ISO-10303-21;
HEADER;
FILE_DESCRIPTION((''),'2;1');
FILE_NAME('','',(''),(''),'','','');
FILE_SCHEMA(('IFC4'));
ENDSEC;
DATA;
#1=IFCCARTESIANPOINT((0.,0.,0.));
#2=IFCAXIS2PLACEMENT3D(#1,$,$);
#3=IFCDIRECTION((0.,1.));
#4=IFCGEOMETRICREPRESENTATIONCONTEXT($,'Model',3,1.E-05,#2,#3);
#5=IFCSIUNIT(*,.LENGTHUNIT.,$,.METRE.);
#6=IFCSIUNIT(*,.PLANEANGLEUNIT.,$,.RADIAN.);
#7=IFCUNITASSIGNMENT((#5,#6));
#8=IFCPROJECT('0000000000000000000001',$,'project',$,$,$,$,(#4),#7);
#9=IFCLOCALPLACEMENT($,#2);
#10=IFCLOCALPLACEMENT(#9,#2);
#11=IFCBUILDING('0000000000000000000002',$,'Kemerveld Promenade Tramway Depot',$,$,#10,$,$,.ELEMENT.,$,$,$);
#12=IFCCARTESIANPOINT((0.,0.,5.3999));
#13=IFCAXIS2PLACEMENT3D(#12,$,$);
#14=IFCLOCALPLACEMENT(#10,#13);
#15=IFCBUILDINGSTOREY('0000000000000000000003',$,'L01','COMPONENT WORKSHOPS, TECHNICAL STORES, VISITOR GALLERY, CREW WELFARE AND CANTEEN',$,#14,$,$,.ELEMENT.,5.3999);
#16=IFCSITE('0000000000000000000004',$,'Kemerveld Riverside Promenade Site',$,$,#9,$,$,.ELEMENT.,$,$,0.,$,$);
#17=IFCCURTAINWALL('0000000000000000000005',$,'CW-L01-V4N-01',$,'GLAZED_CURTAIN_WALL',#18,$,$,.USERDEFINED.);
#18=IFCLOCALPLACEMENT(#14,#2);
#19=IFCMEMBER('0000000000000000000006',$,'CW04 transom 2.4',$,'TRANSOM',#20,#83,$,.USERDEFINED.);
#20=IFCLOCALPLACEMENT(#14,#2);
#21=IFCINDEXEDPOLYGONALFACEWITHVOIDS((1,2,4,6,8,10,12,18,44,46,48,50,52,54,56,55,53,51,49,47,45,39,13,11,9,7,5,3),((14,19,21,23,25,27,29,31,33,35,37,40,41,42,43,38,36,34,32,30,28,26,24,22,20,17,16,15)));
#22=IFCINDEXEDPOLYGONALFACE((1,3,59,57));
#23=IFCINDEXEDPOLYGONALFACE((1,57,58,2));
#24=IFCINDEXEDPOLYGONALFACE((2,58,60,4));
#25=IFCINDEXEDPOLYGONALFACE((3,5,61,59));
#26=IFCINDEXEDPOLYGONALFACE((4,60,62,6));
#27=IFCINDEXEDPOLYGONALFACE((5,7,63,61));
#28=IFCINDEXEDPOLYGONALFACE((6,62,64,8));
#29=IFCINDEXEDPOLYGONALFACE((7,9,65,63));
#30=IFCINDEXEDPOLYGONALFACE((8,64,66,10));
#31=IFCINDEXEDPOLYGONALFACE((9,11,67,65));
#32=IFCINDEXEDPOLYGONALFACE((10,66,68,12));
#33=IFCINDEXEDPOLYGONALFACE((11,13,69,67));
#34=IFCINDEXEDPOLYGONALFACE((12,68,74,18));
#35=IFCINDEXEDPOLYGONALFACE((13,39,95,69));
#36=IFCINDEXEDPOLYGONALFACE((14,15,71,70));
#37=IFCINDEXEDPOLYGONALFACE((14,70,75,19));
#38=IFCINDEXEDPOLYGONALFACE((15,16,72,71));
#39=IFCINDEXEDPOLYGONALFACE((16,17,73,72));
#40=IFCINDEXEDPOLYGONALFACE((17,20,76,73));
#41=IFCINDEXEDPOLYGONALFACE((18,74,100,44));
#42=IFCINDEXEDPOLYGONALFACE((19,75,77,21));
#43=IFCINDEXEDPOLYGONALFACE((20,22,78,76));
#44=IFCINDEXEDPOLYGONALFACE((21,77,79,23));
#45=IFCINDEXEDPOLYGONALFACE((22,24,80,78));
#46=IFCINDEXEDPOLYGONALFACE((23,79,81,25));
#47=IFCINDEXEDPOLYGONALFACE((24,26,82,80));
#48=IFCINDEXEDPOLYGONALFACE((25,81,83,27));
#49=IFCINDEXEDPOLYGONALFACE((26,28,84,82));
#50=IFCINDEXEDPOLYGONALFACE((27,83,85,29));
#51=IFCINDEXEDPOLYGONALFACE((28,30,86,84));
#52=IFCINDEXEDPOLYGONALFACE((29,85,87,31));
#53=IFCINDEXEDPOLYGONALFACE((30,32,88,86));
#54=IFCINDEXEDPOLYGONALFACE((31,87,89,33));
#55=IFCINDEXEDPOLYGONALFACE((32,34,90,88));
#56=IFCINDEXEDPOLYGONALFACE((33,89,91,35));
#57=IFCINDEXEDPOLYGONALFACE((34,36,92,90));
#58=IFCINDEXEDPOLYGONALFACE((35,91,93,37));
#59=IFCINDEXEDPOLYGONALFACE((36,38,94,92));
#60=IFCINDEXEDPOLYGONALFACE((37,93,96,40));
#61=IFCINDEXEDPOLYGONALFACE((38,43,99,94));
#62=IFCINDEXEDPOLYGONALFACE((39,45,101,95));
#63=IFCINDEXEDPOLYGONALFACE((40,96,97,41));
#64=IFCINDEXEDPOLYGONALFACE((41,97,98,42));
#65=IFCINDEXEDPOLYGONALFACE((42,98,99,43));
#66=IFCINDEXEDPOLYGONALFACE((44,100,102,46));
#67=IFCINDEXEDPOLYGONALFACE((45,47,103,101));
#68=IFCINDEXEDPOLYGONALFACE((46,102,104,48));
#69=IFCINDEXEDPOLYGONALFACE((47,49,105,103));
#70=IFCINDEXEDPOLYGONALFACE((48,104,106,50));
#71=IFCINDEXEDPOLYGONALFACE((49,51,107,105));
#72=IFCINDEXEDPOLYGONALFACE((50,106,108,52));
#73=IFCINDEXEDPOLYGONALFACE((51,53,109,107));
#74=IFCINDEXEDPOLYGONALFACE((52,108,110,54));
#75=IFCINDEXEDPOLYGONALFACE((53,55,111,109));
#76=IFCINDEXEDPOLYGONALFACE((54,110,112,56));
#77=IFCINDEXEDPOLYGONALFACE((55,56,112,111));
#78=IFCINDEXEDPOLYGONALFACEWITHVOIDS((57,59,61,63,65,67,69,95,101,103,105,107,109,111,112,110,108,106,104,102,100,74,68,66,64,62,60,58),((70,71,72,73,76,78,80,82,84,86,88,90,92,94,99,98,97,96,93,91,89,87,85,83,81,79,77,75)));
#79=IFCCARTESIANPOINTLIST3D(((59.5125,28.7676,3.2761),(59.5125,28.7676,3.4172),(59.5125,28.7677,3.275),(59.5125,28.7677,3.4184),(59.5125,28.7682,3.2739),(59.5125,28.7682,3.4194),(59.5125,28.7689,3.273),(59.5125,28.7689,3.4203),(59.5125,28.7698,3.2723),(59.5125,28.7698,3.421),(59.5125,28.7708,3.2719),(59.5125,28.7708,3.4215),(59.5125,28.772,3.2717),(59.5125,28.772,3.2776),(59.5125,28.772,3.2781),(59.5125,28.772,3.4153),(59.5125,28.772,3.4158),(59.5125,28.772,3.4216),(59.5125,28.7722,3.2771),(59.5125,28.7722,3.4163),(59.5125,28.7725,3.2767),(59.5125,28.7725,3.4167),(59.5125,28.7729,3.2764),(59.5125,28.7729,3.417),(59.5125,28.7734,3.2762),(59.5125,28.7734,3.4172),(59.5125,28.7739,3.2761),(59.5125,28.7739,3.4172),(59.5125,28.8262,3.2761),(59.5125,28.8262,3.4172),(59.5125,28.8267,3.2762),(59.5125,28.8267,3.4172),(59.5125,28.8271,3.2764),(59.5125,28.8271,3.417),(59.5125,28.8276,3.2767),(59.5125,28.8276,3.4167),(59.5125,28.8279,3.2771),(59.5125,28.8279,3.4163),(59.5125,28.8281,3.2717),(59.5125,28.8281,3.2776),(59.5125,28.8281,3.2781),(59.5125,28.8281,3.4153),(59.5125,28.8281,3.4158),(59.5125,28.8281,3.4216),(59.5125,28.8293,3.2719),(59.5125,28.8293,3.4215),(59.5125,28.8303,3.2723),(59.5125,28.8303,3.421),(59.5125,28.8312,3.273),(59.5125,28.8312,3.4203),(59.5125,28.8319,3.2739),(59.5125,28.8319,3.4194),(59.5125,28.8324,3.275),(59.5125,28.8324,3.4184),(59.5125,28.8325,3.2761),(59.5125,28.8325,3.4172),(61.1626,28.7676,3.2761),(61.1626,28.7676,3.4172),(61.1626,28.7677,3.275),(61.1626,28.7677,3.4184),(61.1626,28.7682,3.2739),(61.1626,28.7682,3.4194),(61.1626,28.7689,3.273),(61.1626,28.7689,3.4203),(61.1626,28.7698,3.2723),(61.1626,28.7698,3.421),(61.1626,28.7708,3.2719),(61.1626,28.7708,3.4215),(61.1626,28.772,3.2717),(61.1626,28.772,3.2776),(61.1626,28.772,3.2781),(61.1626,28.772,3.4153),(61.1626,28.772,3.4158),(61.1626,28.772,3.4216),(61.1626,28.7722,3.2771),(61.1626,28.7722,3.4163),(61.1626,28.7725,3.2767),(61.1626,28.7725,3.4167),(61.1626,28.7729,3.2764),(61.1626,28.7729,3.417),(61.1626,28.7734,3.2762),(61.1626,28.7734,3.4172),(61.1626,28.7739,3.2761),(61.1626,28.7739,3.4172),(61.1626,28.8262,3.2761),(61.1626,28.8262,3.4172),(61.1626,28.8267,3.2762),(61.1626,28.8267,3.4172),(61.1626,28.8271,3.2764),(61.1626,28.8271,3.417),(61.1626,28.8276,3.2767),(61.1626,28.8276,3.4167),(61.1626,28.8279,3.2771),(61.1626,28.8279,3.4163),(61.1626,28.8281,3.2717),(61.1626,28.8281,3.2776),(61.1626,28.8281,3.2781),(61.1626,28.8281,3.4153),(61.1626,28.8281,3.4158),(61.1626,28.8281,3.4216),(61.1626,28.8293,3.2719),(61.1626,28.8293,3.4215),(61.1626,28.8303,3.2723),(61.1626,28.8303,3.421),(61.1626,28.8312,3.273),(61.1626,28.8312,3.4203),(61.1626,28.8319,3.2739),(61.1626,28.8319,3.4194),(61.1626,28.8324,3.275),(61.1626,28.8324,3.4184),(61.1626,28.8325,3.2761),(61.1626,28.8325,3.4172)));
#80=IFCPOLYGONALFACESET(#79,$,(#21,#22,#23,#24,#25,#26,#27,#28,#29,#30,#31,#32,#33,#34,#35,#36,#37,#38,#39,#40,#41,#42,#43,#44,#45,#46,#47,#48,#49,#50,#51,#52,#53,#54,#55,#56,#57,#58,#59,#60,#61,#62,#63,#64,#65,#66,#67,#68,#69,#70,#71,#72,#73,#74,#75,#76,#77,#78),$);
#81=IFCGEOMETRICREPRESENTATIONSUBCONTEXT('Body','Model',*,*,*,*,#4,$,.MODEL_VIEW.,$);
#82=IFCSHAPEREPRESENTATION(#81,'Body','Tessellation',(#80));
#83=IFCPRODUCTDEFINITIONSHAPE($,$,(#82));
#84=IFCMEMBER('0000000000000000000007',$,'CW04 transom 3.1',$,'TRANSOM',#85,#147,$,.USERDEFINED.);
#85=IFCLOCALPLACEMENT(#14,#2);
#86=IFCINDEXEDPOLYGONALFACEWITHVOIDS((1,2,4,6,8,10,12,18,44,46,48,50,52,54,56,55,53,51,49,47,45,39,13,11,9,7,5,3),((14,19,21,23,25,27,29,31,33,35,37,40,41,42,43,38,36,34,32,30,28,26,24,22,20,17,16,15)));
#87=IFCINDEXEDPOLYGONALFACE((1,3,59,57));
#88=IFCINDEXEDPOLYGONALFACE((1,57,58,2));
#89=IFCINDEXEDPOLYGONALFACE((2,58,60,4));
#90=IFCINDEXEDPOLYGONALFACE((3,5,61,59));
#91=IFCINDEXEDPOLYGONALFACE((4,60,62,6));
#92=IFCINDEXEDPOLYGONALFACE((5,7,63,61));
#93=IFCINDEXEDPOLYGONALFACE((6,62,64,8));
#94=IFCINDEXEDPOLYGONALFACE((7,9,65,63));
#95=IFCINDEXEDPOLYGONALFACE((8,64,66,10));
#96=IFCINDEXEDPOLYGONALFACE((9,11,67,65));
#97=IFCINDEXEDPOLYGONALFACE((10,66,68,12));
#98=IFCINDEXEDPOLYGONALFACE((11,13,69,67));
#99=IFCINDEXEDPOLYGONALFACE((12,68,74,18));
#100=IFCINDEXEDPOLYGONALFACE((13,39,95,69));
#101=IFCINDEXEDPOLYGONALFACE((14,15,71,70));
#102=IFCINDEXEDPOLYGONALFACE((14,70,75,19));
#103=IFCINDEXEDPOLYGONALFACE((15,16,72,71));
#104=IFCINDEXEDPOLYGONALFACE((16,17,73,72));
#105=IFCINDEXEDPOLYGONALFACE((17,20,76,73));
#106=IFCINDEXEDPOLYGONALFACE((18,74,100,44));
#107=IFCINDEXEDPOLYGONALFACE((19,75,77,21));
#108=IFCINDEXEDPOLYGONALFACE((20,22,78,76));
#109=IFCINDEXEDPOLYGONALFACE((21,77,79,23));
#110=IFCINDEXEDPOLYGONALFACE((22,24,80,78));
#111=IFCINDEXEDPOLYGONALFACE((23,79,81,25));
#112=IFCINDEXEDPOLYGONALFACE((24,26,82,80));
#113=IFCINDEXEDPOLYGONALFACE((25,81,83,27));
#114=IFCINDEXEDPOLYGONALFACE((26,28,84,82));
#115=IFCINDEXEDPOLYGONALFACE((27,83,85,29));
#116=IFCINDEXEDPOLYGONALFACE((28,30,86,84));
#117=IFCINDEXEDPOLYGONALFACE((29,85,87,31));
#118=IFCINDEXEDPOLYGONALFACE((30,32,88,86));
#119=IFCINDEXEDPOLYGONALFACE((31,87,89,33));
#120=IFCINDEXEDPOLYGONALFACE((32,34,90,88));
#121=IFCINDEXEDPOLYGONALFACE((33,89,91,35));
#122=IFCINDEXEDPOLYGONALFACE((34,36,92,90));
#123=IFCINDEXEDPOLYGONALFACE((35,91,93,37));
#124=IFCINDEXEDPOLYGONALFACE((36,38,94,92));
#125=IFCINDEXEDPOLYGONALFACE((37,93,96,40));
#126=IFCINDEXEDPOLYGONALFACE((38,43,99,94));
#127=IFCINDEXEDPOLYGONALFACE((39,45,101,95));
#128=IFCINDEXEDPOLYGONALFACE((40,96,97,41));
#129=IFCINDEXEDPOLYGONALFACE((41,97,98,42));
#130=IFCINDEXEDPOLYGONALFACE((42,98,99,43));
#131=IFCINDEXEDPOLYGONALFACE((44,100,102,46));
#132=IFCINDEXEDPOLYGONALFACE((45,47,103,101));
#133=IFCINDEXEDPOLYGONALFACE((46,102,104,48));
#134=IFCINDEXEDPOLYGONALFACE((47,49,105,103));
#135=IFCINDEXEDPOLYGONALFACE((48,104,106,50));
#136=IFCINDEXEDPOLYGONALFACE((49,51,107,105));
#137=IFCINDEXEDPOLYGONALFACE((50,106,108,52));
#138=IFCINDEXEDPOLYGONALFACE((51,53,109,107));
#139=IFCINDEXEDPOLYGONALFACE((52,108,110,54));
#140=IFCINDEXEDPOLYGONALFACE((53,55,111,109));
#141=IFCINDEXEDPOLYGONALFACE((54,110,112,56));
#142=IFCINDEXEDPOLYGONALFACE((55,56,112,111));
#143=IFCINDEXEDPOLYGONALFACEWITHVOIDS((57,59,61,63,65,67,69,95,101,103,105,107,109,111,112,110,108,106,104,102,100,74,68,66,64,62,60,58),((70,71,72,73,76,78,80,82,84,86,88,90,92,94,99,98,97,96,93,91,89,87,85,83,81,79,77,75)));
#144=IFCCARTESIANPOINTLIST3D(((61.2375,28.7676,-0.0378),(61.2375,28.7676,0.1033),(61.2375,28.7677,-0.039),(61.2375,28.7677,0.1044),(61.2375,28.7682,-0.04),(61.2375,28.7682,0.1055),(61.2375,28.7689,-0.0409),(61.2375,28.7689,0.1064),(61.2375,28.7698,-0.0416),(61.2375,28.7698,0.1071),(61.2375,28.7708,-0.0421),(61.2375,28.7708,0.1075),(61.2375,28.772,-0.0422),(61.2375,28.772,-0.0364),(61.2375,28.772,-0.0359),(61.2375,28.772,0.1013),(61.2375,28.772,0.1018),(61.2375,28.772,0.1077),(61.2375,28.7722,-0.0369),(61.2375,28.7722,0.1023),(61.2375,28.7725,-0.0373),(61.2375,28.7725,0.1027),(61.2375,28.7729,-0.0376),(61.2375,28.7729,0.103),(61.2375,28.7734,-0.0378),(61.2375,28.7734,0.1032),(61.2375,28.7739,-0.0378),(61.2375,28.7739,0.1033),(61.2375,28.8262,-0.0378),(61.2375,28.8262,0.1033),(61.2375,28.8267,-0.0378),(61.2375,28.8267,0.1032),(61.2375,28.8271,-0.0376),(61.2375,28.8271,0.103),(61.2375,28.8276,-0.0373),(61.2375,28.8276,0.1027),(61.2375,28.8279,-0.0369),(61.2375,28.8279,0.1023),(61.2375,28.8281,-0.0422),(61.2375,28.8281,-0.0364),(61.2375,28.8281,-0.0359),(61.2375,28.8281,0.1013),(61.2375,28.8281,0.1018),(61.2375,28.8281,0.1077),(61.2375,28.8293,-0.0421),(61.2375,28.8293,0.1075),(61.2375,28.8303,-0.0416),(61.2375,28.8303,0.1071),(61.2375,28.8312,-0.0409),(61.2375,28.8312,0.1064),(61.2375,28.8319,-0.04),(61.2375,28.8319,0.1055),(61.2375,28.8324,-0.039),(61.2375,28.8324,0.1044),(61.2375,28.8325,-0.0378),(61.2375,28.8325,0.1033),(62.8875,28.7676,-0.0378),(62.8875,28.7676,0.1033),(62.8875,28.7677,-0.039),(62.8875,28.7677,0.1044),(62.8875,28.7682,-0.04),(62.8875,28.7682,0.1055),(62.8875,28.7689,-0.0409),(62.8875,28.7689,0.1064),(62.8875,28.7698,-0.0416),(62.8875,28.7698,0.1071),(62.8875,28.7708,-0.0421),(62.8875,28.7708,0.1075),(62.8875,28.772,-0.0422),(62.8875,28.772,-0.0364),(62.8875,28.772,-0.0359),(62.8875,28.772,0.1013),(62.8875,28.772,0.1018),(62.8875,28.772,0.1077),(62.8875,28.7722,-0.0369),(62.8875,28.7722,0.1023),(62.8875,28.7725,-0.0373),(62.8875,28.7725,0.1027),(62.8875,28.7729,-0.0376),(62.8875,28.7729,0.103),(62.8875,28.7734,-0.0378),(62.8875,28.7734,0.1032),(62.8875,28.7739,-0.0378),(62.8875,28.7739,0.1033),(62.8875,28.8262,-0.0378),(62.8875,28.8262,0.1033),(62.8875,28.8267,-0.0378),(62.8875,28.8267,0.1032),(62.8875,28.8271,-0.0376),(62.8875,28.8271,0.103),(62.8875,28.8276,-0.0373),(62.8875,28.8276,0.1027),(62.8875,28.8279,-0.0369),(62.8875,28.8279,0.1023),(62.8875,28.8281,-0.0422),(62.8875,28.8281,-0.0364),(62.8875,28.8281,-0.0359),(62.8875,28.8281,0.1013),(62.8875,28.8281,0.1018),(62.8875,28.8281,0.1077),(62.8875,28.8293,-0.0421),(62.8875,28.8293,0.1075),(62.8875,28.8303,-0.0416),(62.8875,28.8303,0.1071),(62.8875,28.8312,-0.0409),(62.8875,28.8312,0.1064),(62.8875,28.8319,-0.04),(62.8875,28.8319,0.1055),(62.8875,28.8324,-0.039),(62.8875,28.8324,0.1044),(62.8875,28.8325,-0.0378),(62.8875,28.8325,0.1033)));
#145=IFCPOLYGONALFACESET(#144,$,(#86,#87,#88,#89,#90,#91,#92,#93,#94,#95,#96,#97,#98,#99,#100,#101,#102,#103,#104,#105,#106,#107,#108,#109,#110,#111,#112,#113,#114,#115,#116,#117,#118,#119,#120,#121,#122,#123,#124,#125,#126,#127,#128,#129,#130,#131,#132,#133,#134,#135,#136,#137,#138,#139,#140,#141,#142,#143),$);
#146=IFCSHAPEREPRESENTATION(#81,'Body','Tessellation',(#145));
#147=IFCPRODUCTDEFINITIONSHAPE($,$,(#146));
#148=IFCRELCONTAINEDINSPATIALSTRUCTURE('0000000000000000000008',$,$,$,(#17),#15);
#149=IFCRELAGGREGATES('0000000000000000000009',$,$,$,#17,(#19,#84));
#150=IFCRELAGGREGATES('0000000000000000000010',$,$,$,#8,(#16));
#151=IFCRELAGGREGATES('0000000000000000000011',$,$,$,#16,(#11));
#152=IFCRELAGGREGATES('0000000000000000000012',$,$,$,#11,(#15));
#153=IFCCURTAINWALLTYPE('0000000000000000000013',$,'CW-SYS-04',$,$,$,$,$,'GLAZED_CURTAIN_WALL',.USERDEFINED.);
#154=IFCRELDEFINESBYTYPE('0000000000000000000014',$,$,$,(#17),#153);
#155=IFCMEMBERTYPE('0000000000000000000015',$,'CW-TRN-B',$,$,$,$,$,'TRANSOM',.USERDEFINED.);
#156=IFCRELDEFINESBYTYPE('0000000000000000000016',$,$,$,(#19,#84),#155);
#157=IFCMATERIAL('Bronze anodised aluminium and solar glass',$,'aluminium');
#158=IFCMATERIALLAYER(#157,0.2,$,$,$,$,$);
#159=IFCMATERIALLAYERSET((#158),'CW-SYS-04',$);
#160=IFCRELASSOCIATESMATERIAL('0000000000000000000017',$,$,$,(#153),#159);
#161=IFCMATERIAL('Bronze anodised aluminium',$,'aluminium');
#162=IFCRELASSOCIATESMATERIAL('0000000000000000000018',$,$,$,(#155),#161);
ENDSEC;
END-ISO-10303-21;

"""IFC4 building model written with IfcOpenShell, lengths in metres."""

from ifc_helpers import new_model, si_unit, direction, frame, origin, origin_2d, place, context, subcontext, project, spatial, hollow_rectangle, extrude, material, layer, layer_set, material_profile, profile_set, type_object, element, aggregate, save


model = new_model("IFC4")

# Units and contexts
model_context = context("Model", 3, precision=1e-05, world=origin(), true_north=direction((0.0, 1.0)))
body_context = subcontext(model_context, "Body", "Model", "MODEL_VIEW")
ifc_project = project(units=[si_unit("LENGTHUNIT", "METRE"), si_unit("PLANEANGLEUNIT", "RADIAN")], contexts=[model_context])

# Site, building, storey
site_placement = place(None, origin())
site = spatial("IfcSite", under=ifc_project, at=site_placement, Name="Kemerveld Riverside Promenade Site", CompositionType="ELEMENT", RefElevation=0.0)
building_placement = place(site_placement, origin())
building = spatial("IfcBuilding", under=site, at=building_placement, Name="Kemerveld Promenade Tramway Depot", CompositionType="ELEMENT")
storey_placement = place(building_placement, frame((0.0, 0.0, 5.3999)))
storey = spatial("IfcBuildingStorey", under=building, at=storey_placement, Name="L01", Description="COMPONENT WORKSHOPS, TECHNICAL STORES, VISITOR GALLERY, CREW WELFARE AND CANTEEN", CompositionType="ELEMENT", Elevation=5.3999)

# Shared definitions
ifc_material_1 = material(Name="Bronze anodised aluminium and solar glass", Category="aluminium")
ifc_material_2 = material(Name="Bronze anodised aluminium", Category="aluminium")

# Curtain wall, members
ifc_layer_1 = layer(ifc_material_1, 0.2)
ifc_layer_set_1 = layer_set([ifc_layer_1], Name="CW-SYS-04")
curtain_wall_type_1 = type_object("IfcCurtainWallType", Name="CW-SYS-04", ElementType="GLAZED_CURTAIN_WALL", PredefinedType="USERDEFINED", material=ifc_layer_set_1)
curtain_wall_1_placement = place(storey_placement, origin())
curtain_wall_1 = element("IfcCurtainWall", 1, at=curtain_wall_1_placement, inside=storey, type_object=curtain_wall_type_1, Name="CW-L01-V4N-01", ObjectType="GLAZED_CURTAIN_WALL", PredefinedType="USERDEFINED")
ifc_material_profile_1 = material_profile(ifc_material_2, hollow_rectangle(XDim=0.0649, YDim=0.1499, WallThickness=0.0044, InnerFilletRadius=0.002, OuterFilletRadius=0.0044, at=origin_2d()), Name="CW-TRN-150x65")
ifc_profile_set_1 = profile_set([ifc_material_profile_1], Name="Bronze anodised aluminium")
member_type_1 = type_object("IfcMemberType", Name="CW-TRN-B", ElementType="TRANSOM", PredefinedType="USERDEFINED", material=ifc_profile_set_1)
member_1_placement = place(storey_placement, frame((59.5125, 28.8, 3.3467), z_axis=(1.0, 0.0, 0.0), x_axis=(0.0, 1.0, 0.0)))
member_1 = element("IfcMember", 2, at=member_1_placement, type_object=member_type_1, Name="CW04 transom 2.4", ObjectType="TRANSOM", PredefinedType="USERDEFINED", context=body_context, shape_type="SweptSolid", body=[
    extrude(hollow_rectangle(XDim=0.0649, YDim=0.1499, WallThickness=0.0044, InnerFilletRadius=0.002, OuterFilletRadius=0.0044, at=origin_2d()), origin(), (0.0, 0.0, 1.0), 1.6501),
])
member_2_placement = place(storey_placement, frame((61.2375, 28.8, 0.0327), z_axis=(1.0, 0.0, 0.0), x_axis=(0.0, 1.0, 0.0)))
member_2 = element("IfcMember", 3, at=member_2_placement, type_object=member_type_1, Name="CW04 transom 3.1", ObjectType="TRANSOM", PredefinedType="USERDEFINED", context=body_context, shape_type="SweptSolid", body=[
    extrude(hollow_rectangle(XDim=0.0649, YDim=0.1499, WallThickness=0.0044, InnerFilletRadius=0.002, OuterFilletRadius=0.0044, at=origin_2d()), origin(), (0.0, 0.0, 1.0), 1.6499),
])
aggregate(curtain_wall_1, [member_1, member_2])

save(model, "model.ifc")
